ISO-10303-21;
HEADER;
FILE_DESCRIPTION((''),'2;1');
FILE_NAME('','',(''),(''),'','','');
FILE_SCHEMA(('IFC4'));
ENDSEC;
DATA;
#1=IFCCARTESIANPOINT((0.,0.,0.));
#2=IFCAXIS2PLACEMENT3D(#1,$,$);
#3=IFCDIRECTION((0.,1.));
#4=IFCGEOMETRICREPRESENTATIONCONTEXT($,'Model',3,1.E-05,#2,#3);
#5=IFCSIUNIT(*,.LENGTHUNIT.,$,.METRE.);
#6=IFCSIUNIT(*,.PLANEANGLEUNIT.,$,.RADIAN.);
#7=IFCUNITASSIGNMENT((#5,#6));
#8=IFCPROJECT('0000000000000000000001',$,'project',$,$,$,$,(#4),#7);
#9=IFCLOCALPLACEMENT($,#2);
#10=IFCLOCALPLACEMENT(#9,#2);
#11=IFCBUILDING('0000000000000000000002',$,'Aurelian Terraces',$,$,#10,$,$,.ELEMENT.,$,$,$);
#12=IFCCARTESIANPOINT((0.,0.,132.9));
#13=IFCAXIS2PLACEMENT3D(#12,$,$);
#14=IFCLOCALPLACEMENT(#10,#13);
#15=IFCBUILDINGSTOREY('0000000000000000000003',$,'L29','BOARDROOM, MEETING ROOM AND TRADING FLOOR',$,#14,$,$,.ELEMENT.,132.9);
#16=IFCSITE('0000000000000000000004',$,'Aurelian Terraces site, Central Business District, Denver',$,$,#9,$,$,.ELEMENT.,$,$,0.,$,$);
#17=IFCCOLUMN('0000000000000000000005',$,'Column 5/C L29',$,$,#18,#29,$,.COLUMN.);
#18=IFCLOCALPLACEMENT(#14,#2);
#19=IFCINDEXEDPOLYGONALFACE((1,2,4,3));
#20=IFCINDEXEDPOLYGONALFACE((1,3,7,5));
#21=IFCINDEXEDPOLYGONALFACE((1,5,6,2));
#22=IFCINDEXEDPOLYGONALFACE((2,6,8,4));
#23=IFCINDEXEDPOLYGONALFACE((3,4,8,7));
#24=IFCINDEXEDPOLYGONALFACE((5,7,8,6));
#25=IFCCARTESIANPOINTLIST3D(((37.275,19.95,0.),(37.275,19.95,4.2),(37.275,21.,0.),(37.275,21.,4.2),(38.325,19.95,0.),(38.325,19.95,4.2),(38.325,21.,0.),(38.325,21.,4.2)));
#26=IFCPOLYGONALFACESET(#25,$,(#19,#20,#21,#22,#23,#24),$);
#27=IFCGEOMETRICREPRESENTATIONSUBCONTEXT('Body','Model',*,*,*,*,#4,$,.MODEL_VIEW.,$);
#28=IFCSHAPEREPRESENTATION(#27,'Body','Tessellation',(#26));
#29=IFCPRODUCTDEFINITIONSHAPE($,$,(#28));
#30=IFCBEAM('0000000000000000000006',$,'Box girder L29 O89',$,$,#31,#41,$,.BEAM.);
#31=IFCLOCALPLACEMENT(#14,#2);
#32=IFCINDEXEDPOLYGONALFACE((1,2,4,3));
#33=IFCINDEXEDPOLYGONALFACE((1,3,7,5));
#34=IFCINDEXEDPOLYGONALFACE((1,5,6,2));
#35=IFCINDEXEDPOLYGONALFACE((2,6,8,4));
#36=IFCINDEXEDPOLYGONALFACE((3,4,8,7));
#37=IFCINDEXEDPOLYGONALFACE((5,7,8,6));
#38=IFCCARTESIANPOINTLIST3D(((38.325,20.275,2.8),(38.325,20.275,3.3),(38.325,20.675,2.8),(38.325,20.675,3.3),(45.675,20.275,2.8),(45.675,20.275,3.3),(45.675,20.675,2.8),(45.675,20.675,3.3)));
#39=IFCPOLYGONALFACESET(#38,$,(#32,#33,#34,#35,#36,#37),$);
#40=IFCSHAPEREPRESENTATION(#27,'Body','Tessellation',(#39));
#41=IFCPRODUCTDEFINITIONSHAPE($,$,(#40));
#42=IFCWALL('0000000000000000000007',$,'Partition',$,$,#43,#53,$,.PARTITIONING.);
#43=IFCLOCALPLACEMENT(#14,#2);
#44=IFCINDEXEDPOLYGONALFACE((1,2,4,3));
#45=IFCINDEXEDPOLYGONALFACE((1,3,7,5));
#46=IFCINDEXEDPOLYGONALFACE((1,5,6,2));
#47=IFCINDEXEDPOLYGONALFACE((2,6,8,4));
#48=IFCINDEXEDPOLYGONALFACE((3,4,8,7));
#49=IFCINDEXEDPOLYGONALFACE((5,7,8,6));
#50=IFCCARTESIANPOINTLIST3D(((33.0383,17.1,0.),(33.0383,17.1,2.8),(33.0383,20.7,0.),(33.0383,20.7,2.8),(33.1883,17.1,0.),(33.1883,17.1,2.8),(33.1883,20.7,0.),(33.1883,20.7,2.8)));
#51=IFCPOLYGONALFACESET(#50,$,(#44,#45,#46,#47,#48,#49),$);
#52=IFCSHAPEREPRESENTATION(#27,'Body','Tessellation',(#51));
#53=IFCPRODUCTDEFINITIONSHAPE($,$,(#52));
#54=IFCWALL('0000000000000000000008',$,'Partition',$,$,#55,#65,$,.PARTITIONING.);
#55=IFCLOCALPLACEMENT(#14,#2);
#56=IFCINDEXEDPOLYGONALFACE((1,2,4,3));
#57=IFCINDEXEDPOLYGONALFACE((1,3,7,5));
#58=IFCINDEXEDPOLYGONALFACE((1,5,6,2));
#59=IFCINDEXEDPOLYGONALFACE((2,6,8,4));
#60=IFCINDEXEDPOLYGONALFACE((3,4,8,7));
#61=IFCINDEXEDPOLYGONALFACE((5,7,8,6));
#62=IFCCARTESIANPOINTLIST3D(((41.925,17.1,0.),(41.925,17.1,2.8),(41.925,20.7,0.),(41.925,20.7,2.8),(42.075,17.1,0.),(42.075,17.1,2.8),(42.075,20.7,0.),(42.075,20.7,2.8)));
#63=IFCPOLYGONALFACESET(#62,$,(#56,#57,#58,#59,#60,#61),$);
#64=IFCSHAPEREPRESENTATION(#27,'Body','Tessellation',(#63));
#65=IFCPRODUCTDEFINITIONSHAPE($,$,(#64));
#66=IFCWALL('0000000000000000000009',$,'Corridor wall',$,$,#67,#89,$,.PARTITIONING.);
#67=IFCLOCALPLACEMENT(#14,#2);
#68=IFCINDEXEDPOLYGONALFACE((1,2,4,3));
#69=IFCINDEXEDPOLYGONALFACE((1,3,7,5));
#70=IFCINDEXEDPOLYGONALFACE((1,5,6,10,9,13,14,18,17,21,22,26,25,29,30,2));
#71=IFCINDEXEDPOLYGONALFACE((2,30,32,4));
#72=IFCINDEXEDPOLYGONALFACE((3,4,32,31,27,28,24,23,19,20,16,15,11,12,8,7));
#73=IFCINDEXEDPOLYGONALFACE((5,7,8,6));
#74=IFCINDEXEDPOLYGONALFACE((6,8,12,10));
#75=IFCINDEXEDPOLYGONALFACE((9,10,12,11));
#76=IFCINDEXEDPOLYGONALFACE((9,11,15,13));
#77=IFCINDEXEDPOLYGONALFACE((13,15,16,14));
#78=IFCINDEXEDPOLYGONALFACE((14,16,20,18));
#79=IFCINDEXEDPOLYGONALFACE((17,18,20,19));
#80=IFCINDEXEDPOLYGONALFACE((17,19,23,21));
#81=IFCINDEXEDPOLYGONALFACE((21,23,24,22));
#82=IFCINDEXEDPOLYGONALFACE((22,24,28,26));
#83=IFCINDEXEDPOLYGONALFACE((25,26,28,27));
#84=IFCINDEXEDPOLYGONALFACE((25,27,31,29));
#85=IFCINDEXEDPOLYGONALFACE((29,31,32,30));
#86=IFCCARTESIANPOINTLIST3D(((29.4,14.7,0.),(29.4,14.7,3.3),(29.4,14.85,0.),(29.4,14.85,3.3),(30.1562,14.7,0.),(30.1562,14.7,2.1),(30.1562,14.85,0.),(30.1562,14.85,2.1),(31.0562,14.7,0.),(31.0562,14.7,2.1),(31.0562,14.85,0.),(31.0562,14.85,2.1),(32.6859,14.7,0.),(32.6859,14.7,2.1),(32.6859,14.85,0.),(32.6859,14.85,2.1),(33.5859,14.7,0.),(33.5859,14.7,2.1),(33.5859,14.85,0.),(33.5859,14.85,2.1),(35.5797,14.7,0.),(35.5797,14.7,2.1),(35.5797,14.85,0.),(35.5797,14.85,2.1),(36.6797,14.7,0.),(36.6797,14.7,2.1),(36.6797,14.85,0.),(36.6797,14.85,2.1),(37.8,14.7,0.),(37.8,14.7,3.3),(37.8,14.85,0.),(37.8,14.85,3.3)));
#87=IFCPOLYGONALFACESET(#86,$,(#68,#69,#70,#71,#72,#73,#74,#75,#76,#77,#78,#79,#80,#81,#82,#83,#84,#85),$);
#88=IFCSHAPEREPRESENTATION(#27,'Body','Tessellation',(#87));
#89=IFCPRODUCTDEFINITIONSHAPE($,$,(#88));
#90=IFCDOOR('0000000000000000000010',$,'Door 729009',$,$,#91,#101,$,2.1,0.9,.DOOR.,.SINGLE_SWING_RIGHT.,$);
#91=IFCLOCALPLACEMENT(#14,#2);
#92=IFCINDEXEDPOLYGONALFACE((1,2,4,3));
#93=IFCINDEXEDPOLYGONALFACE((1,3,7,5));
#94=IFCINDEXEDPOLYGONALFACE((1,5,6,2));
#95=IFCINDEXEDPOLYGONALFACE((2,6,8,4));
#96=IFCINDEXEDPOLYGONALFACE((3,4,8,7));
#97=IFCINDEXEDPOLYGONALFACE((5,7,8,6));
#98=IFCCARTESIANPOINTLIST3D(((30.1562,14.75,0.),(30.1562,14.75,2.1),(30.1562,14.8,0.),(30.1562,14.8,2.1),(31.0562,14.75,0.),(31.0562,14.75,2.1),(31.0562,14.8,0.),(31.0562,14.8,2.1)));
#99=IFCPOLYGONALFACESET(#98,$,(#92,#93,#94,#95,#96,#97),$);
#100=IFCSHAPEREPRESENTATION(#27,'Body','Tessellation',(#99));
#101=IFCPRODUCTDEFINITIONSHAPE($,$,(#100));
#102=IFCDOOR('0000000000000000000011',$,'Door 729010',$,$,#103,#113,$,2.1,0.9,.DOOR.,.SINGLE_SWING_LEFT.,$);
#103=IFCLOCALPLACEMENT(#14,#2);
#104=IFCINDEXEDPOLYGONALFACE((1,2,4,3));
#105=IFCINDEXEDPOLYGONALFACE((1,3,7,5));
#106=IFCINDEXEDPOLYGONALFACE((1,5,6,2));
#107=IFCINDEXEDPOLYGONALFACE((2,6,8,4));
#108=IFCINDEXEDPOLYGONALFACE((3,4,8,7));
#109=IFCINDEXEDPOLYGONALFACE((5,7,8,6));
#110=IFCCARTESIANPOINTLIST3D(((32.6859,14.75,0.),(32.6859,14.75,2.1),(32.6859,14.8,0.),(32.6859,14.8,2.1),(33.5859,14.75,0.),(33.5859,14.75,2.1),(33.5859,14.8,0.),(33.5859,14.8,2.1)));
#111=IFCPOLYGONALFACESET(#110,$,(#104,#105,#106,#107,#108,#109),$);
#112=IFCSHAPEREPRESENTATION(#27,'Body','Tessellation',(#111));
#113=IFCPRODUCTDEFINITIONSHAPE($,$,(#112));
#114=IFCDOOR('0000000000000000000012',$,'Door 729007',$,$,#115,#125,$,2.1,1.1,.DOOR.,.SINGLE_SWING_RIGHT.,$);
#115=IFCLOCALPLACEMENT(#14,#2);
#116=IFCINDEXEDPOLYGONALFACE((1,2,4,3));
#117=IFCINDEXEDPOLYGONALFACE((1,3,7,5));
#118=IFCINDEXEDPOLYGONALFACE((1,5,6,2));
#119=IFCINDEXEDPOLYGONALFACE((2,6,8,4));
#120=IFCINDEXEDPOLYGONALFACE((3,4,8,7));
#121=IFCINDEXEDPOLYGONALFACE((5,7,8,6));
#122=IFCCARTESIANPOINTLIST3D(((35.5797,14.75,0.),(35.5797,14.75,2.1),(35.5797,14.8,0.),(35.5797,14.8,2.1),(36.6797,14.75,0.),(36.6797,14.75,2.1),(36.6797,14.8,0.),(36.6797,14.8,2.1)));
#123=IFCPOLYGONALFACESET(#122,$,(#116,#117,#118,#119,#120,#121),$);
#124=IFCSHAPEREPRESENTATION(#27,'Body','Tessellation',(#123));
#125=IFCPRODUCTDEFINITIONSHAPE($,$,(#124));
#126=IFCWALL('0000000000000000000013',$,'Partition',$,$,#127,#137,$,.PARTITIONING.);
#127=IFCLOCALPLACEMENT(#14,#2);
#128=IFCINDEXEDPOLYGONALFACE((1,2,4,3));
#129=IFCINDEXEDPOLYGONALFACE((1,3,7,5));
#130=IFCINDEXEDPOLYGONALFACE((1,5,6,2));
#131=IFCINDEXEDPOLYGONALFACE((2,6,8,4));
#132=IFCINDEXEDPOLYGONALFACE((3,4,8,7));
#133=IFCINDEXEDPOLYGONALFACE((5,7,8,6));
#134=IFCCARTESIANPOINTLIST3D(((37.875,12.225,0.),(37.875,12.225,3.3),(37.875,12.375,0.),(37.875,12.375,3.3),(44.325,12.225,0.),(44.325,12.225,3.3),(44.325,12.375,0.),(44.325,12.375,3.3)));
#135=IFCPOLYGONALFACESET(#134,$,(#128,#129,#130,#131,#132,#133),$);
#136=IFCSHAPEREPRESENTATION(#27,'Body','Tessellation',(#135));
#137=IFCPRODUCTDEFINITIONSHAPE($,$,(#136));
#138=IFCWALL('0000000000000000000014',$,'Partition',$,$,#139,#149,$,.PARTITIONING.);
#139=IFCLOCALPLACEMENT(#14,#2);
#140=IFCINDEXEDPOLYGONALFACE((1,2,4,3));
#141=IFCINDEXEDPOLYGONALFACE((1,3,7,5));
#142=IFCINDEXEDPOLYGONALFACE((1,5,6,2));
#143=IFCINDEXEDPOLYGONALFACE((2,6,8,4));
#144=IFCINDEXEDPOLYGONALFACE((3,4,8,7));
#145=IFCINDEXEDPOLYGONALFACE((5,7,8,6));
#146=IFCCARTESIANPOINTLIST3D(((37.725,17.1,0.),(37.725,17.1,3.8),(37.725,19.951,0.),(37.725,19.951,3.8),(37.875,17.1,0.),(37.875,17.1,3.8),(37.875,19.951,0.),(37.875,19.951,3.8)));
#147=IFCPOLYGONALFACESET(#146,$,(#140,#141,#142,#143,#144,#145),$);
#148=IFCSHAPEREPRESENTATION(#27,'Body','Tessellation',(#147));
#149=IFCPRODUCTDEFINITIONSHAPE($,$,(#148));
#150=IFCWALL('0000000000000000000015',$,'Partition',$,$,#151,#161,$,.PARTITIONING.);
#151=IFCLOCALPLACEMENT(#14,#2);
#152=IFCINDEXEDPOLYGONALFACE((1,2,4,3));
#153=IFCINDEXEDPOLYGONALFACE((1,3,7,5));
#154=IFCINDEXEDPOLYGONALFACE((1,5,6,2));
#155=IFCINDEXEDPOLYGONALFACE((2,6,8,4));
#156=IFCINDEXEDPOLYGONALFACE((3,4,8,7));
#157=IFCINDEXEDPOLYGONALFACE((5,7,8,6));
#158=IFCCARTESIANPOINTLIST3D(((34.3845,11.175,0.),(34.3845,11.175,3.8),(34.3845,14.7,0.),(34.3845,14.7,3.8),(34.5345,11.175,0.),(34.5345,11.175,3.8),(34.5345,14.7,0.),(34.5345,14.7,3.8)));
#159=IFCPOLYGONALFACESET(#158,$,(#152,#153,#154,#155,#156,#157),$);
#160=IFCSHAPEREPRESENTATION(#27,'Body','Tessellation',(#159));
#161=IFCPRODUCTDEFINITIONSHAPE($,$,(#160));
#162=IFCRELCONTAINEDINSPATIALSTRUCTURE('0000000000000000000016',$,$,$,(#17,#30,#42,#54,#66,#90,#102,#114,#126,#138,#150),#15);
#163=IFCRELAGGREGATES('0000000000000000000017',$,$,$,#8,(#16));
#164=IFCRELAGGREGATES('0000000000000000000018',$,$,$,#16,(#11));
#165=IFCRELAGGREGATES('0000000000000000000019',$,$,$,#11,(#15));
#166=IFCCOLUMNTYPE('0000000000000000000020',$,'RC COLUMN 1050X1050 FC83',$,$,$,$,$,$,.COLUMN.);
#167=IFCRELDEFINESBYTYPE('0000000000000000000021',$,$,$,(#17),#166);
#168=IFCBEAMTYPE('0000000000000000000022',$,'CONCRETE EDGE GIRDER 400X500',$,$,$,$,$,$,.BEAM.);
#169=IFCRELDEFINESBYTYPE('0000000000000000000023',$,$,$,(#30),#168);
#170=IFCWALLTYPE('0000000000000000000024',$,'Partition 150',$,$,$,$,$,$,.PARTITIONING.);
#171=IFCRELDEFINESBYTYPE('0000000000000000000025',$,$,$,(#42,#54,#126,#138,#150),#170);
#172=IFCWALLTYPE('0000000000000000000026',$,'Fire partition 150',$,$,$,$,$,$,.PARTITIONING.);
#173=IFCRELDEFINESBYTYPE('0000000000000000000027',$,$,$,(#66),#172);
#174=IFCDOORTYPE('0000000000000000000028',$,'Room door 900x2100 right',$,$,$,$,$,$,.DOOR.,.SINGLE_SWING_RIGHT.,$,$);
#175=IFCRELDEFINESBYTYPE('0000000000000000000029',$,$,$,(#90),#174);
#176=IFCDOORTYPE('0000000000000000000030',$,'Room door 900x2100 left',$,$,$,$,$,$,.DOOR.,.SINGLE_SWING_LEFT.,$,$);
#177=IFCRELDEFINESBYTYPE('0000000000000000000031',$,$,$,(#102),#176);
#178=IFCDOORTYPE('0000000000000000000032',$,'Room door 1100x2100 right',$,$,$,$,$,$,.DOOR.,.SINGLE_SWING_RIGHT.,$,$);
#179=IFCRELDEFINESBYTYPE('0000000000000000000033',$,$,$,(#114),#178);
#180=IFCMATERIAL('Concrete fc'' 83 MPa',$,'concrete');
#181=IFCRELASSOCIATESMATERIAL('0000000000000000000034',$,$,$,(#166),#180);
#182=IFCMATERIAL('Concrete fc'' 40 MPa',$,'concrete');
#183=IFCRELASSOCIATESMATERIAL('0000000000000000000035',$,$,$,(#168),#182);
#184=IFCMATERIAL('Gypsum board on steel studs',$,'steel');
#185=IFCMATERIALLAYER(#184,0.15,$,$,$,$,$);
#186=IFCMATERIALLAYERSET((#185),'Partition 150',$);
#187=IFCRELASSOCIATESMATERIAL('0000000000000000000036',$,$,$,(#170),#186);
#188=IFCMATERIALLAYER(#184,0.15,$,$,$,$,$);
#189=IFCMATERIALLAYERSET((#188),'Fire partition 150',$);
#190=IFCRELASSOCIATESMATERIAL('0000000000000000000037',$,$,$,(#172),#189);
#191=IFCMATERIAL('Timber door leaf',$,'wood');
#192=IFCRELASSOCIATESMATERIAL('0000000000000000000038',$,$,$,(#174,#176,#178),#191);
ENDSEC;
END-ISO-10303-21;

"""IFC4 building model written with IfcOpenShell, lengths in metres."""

from ifc_helpers import new_model, si_unit, direction, frame, frame_2d, origin, origin_2d, place, context, subcontext, project, spatial, rectangle, extrude, source, transform, mapped, material, layer, layer_set, material_profile, profile_set, type_object, element, fill, save


model = new_model("IFC4")

# Units and contexts
model_context = context("Model", 3, precision=1e-05, world=origin(), true_north=direction((0.0, 1.0)))
body_context = subcontext(model_context, "Body", "Model", "MODEL_VIEW")
ifc_project = project(units=[si_unit("LENGTHUNIT", "METRE"), si_unit("PLANEANGLEUNIT", "RADIAN")], contexts=[model_context])

# Site, building, storey
site_placement = place(None, origin())
site = spatial("IfcSite", under=ifc_project, at=site_placement, Name="Aurelian Terraces site, Central Business District, Denver", CompositionType="ELEMENT", RefElevation=0.0)
building_placement = place(site_placement, origin())
building = spatial("IfcBuilding", under=site, at=building_placement, Name="Aurelian Terraces", CompositionType="ELEMENT")
storey_placement = place(building_placement, frame((0.0, 0.0, 132.9)))
storey = spatial("IfcBuildingStorey", under=building, at=storey_placement, Name="L29", Description="BOARDROOM, MEETING ROOM AND TRADING FLOOR", CompositionType="ELEMENT", Elevation=132.9)

# Column
ifc_material_1 = material(Name="Concrete fc' 83 MPa", Category="concrete")
ifc_material_profile_1 = material_profile(ifc_material_1, rectangle(XDim=1.05, YDim=1.05, at=origin_2d()))
ifc_profile_set_1 = profile_set([ifc_material_profile_1], Name="Concrete fc' 83 MPa")
column_type = type_object("IfcColumnType", Name="RC COLUMN 1050X1050 FC83", PredefinedType="COLUMN", material=ifc_profile_set_1)
shared_shape_1 = source(origin(), body_context, "Body", "SweptSolid", [
    extrude(rectangle(XDim=1.05, YDim=1.05, at=origin_2d()), origin(), (0.0, 0.0, 1.0), 4.2),
])
column_placement = place(storey_placement, frame((37.8, 20.475, 0.0), z_axis=(0.0, 0.0, 1.0), x_axis=(1.0, 0.0, 0.0)))
element("IfcColumn", 1, at=column_placement, inside=storey, type_object=column_type, Name="Column 5/C L29", PredefinedType="COLUMN", context=body_context, shape_type="MappedRepresentation", body=[
    mapped(shared_shape_1, transform((0.0, 0.0, 0.0), scale=1.0)),
])

# Beam
ifc_material_2 = material(Name="Concrete fc' 40 MPa", Category="concrete")
ifc_material_profile_2 = material_profile(ifc_material_2, rectangle(XDim=0.4, YDim=0.5, at=origin_2d()))
ifc_profile_set_2 = profile_set([ifc_material_profile_2], Name="Concrete fc' 40 MPa")
beam_type = type_object("IfcBeamType", Name="CONCRETE EDGE GIRDER 400X500", PredefinedType="BEAM", material=ifc_profile_set_2)
shared_shape_2 = source(origin(), body_context, "Body", "SweptSolid", [
    extrude(rectangle(XDim=0.4, YDim=0.5, at=origin_2d()), origin(), (0.0, 0.0, 1.0), 7.35),
])
beam_placement = place(storey_placement, frame((38.325, 20.475, 3.05), z_axis=(1.0, 0.0, 0.0), x_axis=(0.0, 1.0, 0.0)))
element("IfcBeam", 2, at=beam_placement, inside=storey, type_object=beam_type, Name="Box girder L29 O89", PredefinedType="BEAM", context=body_context, shape_type="MappedRepresentation", body=[
    mapped(shared_shape_2, transform((0.0, 0.0, 0.0), scale=1.0)),
])

# Walls
ifc_material_3 = material(Name="Gypsum board on steel studs", Category="steel")
ifc_layer_1 = layer(ifc_material_3, 0.15)
ifc_layer_set_1 = layer_set([ifc_layer_1], Name="Partition 150")
wall_type_1 = type_object("IfcWallType", Name="Partition 150", PredefinedType="PARTITIONING", material=ifc_layer_set_1)
shared_shape_3 = source(origin(), body_context, "Body", "SweptSolid", [
    extrude(rectangle(XDim=3.6, YDim=0.15, at=frame_2d((1.8, 0.0))), origin(), (0.0, 0.0, 1.0), 2.8),
])
for number, where, z_axis, x_axis, name in (
    (3, (33.1133, 20.7, 0.0), (0.0, 0.0, 1.0), (0.0, -1.0, 0.0), "Partition"),
    (4, (42.0, 17.1, 0.0), (0.0, 0.0, 1.0), (0.0, 1.0, 0.0), "Partition"),
):
    element("IfcWall", number, at=place(storey_placement, frame(where, z_axis=z_axis, x_axis=x_axis)), inside=storey, type_object=wall_type_1, Name=name, PredefinedType="PARTITIONING", context=body_context, shape_type="MappedRepresentation", body=[
        mapped(shared_shape_3, transform((0.0, 0.0, 0.0), scale=1.0)),
    ])

# Wall, openings, doors
ifc_layer_2 = layer(ifc_material_3, 0.15)
ifc_layer_set_2 = layer_set([ifc_layer_2], Name="Fire partition 150")
wall_type_2 = type_object("IfcWallType", Name="Fire partition 150", PredefinedType="PARTITIONING", material=ifc_layer_set_2)
shared_shape_4 = source(origin(), body_context, "Body", "SweptSolid", [
    extrude(rectangle(XDim=8.4, YDim=0.15, at=frame_2d((4.2, 0.0))), origin(), (0.0, 0.0, 1.0), 3.3),
])
wall_1_placement = place(storey_placement, frame((37.8, 14.775, 0.0), z_axis=(0.0, 0.0, 1.0), x_axis=(-1.0, 0.0, 0.0)))
wall_1 = element("IfcWall", 5, at=wall_1_placement, inside=storey, type_object=wall_type_2, Name="Corridor wall", PredefinedType="PARTITIONING", context=body_context, shape_type="MappedRepresentation", body=[
    mapped(shared_shape_4, transform((0.0, 0.0, 0.0), scale=1.0)),
])
shared_shape_5 = source(origin(), body_context, "Body", "SweptSolid", [
    extrude(rectangle(XDim=1.1, YDim=2.1, at=frame_2d((0.55, 1.05))), frame((0.0, 0.085, 0.0), z_axis=(0.0, -1.0, 0.0), x_axis=(1.0, 0.0, 0.0)), (0.0, 0.0, 1.0), 0.17),
])
opening_1_placement = place(wall_1_placement, frame((1.1203, 0.0, 0.0)))
opening_1 = element("IfcOpeningElement", 6, at=opening_1_placement, cuts=wall_1, PredefinedType="OPENING", context=body_context, shape_type="MappedRepresentation", body=[
    mapped(shared_shape_5, transform((0.0, 0.0, 0.0), scale=1.0)),
])
shared_shape_6 = source(origin(), body_context, "Body", "SweptSolid", [
    extrude(rectangle(XDim=0.9, YDim=2.1, at=frame_2d((0.45, 1.05))), frame((0.0, 0.085, 0.0), z_axis=(0.0, -1.0, 0.0), x_axis=(1.0, 0.0, 0.0)), (0.0, 0.0, 1.0), 0.17),
])
opening_2_placement = place(wall_1_placement, frame((6.7438, 0.0, 0.0)))
opening_2 = element("IfcOpeningElement", 7, at=opening_2_placement, cuts=wall_1, PredefinedType="OPENING", context=body_context, shape_type="MappedRepresentation", body=[
    mapped(shared_shape_6, transform((0.0, 0.0, 0.0), scale=1.0)),
])
opening_3_placement = place(wall_1_placement, frame((4.2141, 0.0, 0.0)))
opening_3 = element("IfcOpeningElement", 8, at=opening_3_placement, cuts=wall_1, PredefinedType="OPENING", context=body_context, shape_type="MappedRepresentation", body=[
    mapped(shared_shape_6, transform((0.0, 0.0, 0.0), scale=1.0)),
])
ifc_material_4 = material(Name="Timber door leaf", Category="wood")
door_type_1 = type_object("IfcDoorType", Name="Room door 900x2100 right", OperationType="SINGLE_SWING_RIGHT", PredefinedType="DOOR", material=ifc_material_4)
shared_shape_7 = source(origin(), body_context, "Body", "SweptSolid", [
    extrude(rectangle(XDim=0.9, YDim=2.1, at=frame_2d((0.45, 1.05))), frame((0.0, 0.025, 0.0), z_axis=(0.0, -1.0, 0.0), x_axis=(1.0, 0.0, 0.0)), (0.0, 0.0, 1.0), 0.05),
])
door_1_placement = place(opening_2_placement, origin())
door_1 = element("IfcDoor", 9, at=door_1_placement, inside=storey, type_object=door_type_1, Name="Door 729009", OperationType="SINGLE_SWING_RIGHT", OverallHeight=2.1, OverallWidth=0.9, PredefinedType="DOOR", context=body_context, shape_type="MappedRepresentation", body=[
    mapped(shared_shape_7, transform((0.0, 0.0, 0.0), scale=1.0)),
])
fill(opening_2, door_1)
door_type_2 = type_object("IfcDoorType", Name="Room door 900x2100 left", OperationType="SINGLE_SWING_LEFT", PredefinedType="DOOR", material=ifc_material_4)
door_2_placement = place(opening_3_placement, origin())
door_2 = element("IfcDoor", 10, at=door_2_placement, inside=storey, type_object=door_type_2, Name="Door 729010", OperationType="SINGLE_SWING_LEFT", OverallHeight=2.1, OverallWidth=0.9, PredefinedType="DOOR", context=body_context, shape_type="MappedRepresentation", body=[
    mapped(shared_shape_7, transform((0.0, 0.0, 0.0), scale=1.0)),
])
fill(opening_3, door_2)
door_type_3 = type_object("IfcDoorType", Name="Room door 1100x2100 right", OperationType="SINGLE_SWING_RIGHT", PredefinedType="DOOR", material=ifc_material_4)
shared_shape_8 = source(origin(), body_context, "Body", "SweptSolid", [
    extrude(rectangle(XDim=1.1, YDim=2.1, at=frame_2d((0.55, 1.05))), frame((0.0, 0.025, 0.0), z_axis=(0.0, -1.0, 0.0), x_axis=(1.0, 0.0, 0.0)), (0.0, 0.0, 1.0), 0.05),
])
door_3_placement = place(opening_1_placement, origin())
door_3 = element("IfcDoor", 11, at=door_3_placement, inside=storey, type_object=door_type_3, Name="Door 729007", OperationType="SINGLE_SWING_RIGHT", OverallHeight=2.1, OverallWidth=1.1, PredefinedType="DOOR", context=body_context, shape_type="MappedRepresentation", body=[
    mapped(shared_shape_8, transform((0.0, 0.0, 0.0), scale=1.0)),
])
fill(opening_1, door_3)

# Walls
shared_shape_9 = source(origin(), body_context, "Body", "SweptSolid", [
    extrude(rectangle(XDim=6.45, YDim=0.15, at=frame_2d((3.225, 0.0))), origin(), (0.0, 0.0, 1.0), 3.3),
])
wall_2_placement = place(storey_placement, frame((37.875, 12.3, 0.0), z_axis=(0.0, 0.0, 1.0), x_axis=(1.0, 0.0, 0.0)))
element("IfcWall", 12, at=wall_2_placement, inside=storey, type_object=wall_type_1, Name="Partition", PredefinedType="PARTITIONING", context=body_context, shape_type="MappedRepresentation", body=[
    mapped(shared_shape_9, transform((0.0, 0.0, 0.0), scale=1.0)),
])
shared_shape_10 = source(origin(), body_context, "Body", "SweptSolid", [
    extrude(rectangle(XDim=2.851, YDim=0.15, at=frame_2d((1.4255, 0.0))), origin(), (0.0, 0.0, 1.0), 3.8),
])
wall_3_placement = place(storey_placement, frame((37.8, 17.1, 0.0), z_axis=(0.0, 0.0, 1.0), x_axis=(0.0, 1.0, 0.0)))
element("IfcWall", 13, at=wall_3_placement, inside=storey, type_object=wall_type_1, Name="Partition", PredefinedType="PARTITIONING", context=body_context, shape_type="MappedRepresentation", body=[
    mapped(shared_shape_10, transform((0.0, 0.0, 0.0), scale=1.0)),
])
shared_shape_11 = source(origin(), body_context, "Body", "SweptSolid", [
    extrude(rectangle(XDim=3.525, YDim=0.15, at=frame_2d((1.7625, 0.0))), origin(), (0.0, 0.0, 1.0), 3.8),
])
for number, where, z_axis, x_axis, name in (
    (14, (34.4595, 11.175, 0.0), (0.0, 0.0, 1.0), (0.0, 1.0, 0.0), "Partition"),
):
    element("IfcWall", number, at=place(storey_placement, frame(where, z_axis=z_axis, x_axis=x_axis)), inside=storey, type_object=wall_type_1, Name=name, PredefinedType="PARTITIONING", context=body_context, shape_type="MappedRepresentation", body=[
        mapped(shared_shape_11, transform((0.0, 0.0, 0.0), scale=1.0)),
    ])

save(model, "model.ifc")
